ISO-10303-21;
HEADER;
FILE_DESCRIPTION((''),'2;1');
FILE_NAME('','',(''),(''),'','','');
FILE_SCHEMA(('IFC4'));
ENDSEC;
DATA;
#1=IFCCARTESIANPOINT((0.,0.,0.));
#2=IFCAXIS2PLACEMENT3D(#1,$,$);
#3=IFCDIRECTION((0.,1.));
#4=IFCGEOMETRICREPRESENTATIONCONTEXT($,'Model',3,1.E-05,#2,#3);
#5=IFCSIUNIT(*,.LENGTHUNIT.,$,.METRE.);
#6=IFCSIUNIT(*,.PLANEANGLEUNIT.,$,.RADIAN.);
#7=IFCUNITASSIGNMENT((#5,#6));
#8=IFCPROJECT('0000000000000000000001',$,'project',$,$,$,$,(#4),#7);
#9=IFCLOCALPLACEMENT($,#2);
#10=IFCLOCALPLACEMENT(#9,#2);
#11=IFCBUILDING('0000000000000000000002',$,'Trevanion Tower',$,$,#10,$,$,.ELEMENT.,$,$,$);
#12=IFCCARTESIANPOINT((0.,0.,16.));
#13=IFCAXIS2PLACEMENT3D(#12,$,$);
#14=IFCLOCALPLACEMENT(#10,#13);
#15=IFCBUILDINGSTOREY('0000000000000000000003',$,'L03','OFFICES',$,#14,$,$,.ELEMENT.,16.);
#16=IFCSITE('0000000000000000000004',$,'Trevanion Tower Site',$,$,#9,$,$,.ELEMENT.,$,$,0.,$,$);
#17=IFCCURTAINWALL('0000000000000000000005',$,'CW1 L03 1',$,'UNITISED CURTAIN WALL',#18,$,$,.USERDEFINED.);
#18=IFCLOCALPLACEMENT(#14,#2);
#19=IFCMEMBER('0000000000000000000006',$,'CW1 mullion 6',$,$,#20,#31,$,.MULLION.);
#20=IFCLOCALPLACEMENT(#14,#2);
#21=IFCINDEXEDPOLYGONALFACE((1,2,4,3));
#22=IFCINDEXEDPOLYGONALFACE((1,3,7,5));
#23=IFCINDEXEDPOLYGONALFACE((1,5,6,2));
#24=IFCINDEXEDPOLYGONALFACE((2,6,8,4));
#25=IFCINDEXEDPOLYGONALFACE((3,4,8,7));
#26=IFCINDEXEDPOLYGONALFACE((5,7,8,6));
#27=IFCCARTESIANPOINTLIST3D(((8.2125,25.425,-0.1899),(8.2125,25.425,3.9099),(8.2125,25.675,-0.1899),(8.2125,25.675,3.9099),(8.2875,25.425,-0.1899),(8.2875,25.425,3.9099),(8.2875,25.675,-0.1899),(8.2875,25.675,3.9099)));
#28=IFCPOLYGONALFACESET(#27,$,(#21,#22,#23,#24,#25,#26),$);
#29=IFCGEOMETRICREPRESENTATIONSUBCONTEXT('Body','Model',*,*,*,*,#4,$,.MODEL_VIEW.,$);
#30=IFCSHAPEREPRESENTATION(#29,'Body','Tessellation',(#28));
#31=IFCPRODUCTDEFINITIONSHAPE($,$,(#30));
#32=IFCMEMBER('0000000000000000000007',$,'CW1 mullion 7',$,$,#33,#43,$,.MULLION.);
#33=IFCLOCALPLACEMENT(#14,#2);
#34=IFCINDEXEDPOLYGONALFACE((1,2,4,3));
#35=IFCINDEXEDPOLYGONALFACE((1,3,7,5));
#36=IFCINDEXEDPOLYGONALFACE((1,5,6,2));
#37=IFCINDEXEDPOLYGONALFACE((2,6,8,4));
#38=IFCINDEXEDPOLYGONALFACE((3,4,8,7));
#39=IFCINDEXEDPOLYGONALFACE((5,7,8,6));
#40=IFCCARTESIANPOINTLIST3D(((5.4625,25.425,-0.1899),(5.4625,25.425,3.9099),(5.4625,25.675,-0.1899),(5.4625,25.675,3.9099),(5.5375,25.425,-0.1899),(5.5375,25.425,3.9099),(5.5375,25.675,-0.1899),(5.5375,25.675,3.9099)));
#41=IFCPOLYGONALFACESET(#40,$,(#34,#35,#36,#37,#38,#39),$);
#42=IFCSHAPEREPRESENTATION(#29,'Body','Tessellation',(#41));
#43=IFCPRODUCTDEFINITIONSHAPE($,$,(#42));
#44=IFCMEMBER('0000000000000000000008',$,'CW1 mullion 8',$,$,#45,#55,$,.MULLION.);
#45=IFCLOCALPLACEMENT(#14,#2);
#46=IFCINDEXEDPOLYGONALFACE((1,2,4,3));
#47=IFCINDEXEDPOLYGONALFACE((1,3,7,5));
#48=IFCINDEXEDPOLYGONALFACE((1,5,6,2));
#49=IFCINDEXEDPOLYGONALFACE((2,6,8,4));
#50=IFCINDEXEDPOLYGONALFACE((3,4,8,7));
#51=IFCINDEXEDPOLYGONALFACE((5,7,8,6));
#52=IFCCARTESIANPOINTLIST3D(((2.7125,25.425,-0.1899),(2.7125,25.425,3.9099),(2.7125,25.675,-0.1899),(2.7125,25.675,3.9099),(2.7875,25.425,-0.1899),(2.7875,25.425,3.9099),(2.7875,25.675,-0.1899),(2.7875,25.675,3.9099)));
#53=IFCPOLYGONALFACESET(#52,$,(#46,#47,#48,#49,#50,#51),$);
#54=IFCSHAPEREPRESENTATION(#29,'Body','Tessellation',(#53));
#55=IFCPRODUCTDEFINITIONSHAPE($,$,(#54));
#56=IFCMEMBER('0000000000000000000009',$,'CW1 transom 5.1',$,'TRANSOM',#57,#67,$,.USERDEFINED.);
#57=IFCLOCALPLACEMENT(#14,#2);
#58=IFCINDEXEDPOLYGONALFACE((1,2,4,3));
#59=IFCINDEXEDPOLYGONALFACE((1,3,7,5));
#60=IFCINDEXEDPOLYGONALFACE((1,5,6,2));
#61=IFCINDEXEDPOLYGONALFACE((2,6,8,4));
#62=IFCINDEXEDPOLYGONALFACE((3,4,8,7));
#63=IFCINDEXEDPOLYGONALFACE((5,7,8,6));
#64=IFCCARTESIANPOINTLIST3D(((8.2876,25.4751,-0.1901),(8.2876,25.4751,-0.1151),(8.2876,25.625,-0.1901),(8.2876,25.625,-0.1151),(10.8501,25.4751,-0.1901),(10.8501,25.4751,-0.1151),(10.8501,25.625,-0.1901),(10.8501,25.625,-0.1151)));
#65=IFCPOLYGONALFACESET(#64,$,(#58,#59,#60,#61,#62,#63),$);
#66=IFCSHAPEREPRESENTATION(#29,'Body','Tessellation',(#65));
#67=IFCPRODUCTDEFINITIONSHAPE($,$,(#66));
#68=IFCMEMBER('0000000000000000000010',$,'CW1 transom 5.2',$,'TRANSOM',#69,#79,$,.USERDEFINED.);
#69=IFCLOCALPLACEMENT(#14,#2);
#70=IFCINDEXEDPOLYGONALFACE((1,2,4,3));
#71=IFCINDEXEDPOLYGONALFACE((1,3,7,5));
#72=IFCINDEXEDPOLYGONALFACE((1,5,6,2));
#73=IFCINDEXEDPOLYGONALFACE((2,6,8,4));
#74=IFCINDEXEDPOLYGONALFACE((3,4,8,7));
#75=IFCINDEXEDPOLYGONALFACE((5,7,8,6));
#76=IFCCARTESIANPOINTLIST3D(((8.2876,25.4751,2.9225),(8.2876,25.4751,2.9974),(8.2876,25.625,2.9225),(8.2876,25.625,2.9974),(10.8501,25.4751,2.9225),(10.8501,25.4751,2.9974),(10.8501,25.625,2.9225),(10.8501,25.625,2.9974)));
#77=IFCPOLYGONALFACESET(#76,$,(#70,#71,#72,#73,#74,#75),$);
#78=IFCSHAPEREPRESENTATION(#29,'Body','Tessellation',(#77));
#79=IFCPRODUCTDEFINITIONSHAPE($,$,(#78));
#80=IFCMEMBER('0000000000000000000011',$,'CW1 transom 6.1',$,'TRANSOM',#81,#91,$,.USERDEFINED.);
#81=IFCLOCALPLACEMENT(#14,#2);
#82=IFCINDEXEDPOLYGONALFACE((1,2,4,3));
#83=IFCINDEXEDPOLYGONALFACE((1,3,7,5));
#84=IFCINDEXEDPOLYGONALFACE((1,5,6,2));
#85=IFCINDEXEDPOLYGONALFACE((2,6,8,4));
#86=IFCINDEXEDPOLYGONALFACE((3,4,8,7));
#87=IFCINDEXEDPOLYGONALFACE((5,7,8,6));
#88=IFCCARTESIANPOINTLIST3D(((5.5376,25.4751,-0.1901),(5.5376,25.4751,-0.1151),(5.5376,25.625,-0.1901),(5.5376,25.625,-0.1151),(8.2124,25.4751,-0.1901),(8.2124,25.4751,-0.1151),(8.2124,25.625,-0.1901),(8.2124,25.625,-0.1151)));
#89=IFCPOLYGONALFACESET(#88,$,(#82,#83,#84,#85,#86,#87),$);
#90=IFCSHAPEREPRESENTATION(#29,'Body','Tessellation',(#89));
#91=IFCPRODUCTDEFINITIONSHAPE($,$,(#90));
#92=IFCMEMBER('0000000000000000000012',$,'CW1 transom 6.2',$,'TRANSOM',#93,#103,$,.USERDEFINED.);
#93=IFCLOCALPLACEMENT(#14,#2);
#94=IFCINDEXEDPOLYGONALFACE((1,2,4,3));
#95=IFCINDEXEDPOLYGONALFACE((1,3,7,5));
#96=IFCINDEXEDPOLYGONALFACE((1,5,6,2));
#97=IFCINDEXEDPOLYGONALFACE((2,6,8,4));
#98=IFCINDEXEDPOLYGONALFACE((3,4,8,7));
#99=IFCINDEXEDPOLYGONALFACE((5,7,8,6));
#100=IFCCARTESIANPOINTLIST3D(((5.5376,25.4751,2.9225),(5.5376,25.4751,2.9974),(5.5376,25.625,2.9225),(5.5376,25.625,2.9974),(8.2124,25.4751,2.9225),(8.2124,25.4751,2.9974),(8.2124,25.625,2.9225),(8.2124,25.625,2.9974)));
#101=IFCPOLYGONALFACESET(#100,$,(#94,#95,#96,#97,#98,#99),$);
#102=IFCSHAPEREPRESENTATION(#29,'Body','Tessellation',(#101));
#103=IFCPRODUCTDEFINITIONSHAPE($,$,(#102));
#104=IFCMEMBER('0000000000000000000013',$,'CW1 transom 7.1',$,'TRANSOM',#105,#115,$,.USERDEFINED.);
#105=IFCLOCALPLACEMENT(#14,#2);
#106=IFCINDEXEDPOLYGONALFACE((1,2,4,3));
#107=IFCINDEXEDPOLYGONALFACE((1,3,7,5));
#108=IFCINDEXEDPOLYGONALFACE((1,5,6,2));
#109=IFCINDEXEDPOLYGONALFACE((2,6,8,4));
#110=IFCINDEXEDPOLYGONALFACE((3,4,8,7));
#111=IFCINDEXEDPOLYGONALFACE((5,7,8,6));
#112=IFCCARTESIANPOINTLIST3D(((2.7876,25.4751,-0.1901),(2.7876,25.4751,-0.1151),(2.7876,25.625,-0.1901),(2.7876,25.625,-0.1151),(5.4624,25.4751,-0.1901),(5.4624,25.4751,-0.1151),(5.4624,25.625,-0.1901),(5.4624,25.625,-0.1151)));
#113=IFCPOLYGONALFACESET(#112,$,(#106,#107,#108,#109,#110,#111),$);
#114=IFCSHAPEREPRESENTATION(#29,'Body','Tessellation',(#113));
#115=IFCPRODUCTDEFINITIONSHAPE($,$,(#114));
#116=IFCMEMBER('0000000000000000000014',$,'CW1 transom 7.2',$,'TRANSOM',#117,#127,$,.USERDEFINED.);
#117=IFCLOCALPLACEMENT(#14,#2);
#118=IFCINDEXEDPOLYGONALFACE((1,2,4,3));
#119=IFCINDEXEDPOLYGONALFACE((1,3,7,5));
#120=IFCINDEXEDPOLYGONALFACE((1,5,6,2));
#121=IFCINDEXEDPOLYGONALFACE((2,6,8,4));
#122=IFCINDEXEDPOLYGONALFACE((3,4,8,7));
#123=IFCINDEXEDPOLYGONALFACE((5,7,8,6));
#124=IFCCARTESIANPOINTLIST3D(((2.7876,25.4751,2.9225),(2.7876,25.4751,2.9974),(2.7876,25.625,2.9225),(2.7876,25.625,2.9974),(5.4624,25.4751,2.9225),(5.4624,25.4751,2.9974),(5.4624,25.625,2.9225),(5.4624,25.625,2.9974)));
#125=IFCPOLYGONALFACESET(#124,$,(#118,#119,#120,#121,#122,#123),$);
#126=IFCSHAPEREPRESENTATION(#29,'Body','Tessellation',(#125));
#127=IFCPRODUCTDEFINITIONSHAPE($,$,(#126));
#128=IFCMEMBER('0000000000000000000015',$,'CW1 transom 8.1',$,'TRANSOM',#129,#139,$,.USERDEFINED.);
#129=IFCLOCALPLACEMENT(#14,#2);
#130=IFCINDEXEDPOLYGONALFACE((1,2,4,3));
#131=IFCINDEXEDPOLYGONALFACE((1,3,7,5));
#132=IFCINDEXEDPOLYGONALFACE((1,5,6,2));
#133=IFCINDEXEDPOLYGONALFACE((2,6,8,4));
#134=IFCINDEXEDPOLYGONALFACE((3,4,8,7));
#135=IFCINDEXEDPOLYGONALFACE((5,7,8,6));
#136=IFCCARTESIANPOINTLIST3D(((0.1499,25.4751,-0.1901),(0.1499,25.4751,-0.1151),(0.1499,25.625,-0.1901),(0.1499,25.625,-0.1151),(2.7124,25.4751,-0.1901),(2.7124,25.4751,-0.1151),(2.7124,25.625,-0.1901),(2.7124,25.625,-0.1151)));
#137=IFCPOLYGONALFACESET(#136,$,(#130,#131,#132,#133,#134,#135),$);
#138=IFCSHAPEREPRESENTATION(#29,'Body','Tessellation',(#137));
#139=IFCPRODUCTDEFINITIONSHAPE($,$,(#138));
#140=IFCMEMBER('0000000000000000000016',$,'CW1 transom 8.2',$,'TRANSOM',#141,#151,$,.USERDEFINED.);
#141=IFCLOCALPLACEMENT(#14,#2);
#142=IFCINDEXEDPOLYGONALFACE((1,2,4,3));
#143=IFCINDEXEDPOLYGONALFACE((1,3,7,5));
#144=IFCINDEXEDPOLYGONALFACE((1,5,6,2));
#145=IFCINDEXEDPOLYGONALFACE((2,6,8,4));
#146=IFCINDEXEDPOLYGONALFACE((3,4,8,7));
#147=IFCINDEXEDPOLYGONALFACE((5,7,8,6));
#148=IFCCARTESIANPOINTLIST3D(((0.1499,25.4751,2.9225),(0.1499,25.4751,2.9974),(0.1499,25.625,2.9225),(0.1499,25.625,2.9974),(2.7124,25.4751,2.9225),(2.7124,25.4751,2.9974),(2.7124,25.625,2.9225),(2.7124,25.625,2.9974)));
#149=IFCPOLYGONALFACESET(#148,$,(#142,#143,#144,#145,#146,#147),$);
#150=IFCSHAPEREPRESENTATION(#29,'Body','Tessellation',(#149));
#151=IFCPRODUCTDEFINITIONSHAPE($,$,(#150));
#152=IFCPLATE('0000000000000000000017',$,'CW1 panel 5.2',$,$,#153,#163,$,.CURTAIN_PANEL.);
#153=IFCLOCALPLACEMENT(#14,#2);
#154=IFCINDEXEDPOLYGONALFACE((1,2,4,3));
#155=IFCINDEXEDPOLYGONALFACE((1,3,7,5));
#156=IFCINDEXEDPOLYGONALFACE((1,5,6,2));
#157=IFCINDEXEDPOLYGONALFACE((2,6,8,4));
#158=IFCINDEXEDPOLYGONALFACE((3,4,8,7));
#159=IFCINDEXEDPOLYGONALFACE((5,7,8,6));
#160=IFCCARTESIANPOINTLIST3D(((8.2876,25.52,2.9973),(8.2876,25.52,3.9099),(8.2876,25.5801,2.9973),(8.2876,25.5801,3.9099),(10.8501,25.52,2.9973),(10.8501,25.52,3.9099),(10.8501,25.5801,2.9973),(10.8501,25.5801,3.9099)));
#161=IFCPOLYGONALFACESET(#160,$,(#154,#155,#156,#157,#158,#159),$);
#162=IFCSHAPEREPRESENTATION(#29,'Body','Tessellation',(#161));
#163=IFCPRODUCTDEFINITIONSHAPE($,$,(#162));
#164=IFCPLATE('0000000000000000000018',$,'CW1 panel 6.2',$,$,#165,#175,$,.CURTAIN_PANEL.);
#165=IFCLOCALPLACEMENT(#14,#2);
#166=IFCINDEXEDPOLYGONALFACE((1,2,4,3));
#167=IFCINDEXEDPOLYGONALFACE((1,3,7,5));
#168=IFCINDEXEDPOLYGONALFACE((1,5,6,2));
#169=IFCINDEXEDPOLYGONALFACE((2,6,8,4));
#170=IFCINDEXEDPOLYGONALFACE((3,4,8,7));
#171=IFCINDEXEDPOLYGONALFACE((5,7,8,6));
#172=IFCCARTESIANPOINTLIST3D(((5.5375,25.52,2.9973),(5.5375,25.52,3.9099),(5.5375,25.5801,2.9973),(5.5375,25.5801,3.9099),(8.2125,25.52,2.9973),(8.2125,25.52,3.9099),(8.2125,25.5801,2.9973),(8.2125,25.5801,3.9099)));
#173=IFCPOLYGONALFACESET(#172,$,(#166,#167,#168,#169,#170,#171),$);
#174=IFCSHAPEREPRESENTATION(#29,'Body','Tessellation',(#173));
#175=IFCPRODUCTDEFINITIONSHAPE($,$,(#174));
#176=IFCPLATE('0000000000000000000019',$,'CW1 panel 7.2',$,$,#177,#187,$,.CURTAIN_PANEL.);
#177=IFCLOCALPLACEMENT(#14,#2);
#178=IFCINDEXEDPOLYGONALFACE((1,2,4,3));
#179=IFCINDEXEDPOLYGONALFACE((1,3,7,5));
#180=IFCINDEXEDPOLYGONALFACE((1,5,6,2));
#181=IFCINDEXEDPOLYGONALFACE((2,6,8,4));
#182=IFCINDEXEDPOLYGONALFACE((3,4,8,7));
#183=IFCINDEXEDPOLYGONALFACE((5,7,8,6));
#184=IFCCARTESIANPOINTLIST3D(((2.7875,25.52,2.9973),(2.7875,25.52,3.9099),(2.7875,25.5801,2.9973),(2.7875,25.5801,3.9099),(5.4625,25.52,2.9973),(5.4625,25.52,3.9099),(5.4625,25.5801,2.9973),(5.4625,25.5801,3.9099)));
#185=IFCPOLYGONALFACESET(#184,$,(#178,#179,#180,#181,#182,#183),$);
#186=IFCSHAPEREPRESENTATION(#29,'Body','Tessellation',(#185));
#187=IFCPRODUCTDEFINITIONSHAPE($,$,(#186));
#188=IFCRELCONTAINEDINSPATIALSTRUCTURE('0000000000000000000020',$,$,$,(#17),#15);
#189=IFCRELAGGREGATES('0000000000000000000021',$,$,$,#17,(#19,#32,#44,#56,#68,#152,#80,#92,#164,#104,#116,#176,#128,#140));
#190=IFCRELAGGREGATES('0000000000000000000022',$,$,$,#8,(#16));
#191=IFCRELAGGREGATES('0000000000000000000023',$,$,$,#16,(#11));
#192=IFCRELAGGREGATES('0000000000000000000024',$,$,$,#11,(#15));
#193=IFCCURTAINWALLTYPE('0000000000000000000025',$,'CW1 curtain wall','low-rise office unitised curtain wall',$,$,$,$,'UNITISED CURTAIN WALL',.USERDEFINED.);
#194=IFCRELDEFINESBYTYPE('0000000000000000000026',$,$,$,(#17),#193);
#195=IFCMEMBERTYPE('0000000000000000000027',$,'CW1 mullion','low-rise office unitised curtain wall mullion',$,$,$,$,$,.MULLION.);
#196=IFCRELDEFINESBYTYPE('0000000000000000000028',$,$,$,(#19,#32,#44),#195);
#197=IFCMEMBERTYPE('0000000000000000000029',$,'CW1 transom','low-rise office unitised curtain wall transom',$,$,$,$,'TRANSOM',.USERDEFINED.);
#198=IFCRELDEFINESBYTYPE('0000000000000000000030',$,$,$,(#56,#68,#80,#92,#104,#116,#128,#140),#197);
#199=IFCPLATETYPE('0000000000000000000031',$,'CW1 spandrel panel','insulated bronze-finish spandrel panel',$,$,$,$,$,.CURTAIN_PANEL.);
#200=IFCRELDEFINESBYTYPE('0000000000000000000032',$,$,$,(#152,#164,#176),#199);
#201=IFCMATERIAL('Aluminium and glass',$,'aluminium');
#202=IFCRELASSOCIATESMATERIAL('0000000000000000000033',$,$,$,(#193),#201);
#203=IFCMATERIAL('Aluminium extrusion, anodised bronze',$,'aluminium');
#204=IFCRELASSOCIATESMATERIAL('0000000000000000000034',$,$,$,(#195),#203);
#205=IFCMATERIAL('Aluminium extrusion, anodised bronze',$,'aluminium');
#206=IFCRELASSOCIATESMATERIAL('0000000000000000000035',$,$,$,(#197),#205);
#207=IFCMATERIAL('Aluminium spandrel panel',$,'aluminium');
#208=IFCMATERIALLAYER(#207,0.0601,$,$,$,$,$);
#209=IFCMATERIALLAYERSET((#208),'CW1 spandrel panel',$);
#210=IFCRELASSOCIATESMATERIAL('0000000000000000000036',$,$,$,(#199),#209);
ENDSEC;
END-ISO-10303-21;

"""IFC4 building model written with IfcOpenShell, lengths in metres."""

from ifc_helpers import new_model, si_unit, direction, frame, origin, origin_2d, place, context, subcontext, project, spatial, rectangle, extrude, material, layer, layer_set, material_profile, profile_set, type_object, element, aggregate, save


model = new_model("IFC4")

# Units and contexts
model_context = context("Model", 3, precision=1e-05, world=origin(), true_north=direction((0.0, 1.0)))
body_context = subcontext(model_context, "Body", "Model", "MODEL_VIEW")
ifc_project = project(units=[si_unit("LENGTHUNIT", "METRE"), si_unit("PLANEANGLEUNIT", "RADIAN")], contexts=[model_context])

# Site, building, storey
site_placement = place(None, origin())
site = spatial("IfcSite", under=ifc_project, at=site_placement, Name="Trevanion Tower Site", CompositionType="ELEMENT", RefElevation=0.0)
building_placement = place(site_placement, origin())
building = spatial("IfcBuilding", under=site, at=building_placement, Name="Trevanion Tower", CompositionType="ELEMENT")
storey_placement = place(building_placement, frame((0.0, 0.0, 16.0)))
storey = spatial("IfcBuildingStorey", under=building, at=storey_placement, Name="L03", Description="OFFICES", CompositionType="ELEMENT", Elevation=16.0)

# Curtain wall, members, plates
ifc_material_1 = material(Name="Aluminium and glass", Category="aluminium")
curtain_wall_type = type_object("IfcCurtainWallType", Name="CW1 curtain wall", Description="low-rise office unitised curtain wall", ElementType="UNITISED CURTAIN WALL", PredefinedType="USERDEFINED", material=ifc_material_1)
curtain_wall_placement = place(storey_placement, origin())
curtain_wall = element("IfcCurtainWall", 1, at=curtain_wall_placement, inside=storey, type_object=curtain_wall_type, Name="CW1 L03 1", ObjectType="UNITISED CURTAIN WALL", PredefinedType="USERDEFINED")
ifc_material_2 = material(Name="Aluminium extrusion, anodised bronze", Category="aluminium")
ifc_material_profile_1 = material_profile(ifc_material_2, rectangle(XDim=0.075, YDim=0.25, at=origin_2d()), Name="CW1 mullion")
ifc_profile_set_1 = profile_set([ifc_material_profile_1], Name="Aluminium extrusion, anodised bronze")
member_type_1 = type_object("IfcMemberType", Name="CW1 mullion", Description="low-rise office unitised curtain wall mullion", PredefinedType="MULLION", material=ifc_profile_set_1)
member_1_placement = place(storey_placement, frame((8.25, 25.55, -0.1899), z_axis=(0.0, 0.0, 1.0), x_axis=(-1.0, 0.0, 0.0)))
member_1 = element("IfcMember", 2, at=member_1_placement, type_object=member_type_1, Name="CW1 mullion 6", PredefinedType="MULLION", context=body_context, shape_type="SweptSolid", body=[
    extrude(rectangle(XDim=0.075, YDim=0.25, at=origin_2d()), origin(), (0.0, 0.0, 1.0), 4.0999),
])
member_2_placement = place(storey_placement, frame((5.5, 25.55, -0.1899), z_axis=(0.0, 0.0, 1.0), x_axis=(-1.0, 0.0, 0.0)))
member_2 = element("IfcMember", 3, at=member_2_placement, type_object=member_type_1, Name="CW1 mullion 7", PredefinedType="MULLION", context=body_context, shape_type="SweptSolid", body=[
    extrude(rectangle(XDim=0.075, YDim=0.25, at=origin_2d()), origin(), (0.0, 0.0, 1.0), 4.0999),
])
member_3_placement = place(storey_placement, frame((2.75, 25.55, -0.1899), z_axis=(0.0, 0.0, 1.0), x_axis=(-1.0, 0.0, 0.0)))
member_3 = element("IfcMember", 4, at=member_3_placement, type_object=member_type_1, Name="CW1 mullion 8", PredefinedType="MULLION", context=body_context, shape_type="SweptSolid", body=[
    extrude(rectangle(XDim=0.075, YDim=0.25, at=origin_2d()), origin(), (0.0, 0.0, 1.0), 4.0999),
])
ifc_material_3 = material(Name="Aluminium extrusion, anodised bronze", Category="aluminium")
ifc_material_profile_2 = material_profile(ifc_material_3, rectangle(XDim=0.1499, YDim=0.075, at=origin_2d()), Name="CW1 transom")
ifc_profile_set_2 = profile_set([ifc_material_profile_2], Name="Aluminium extrusion, anodised bronze")
member_type_2 = type_object("IfcMemberType", Name="CW1 transom", Description="low-rise office unitised curtain wall transom", ElementType="TRANSOM", PredefinedType="USERDEFINED", material=ifc_profile_set_2)
member_4_placement = place(storey_placement, frame((10.8501, 25.55, -0.1526), z_axis=(-1.0, 0.0, 0.0), x_axis=(0.0, -1.0, 0.0)))
member_4 = element("IfcMember", 5, at=member_4_placement, type_object=member_type_2, Name="CW1 transom 5.1", ObjectType="TRANSOM", PredefinedType="USERDEFINED", context=body_context, shape_type="SweptSolid", body=[
    extrude(rectangle(XDim=0.1499, YDim=0.075, at=origin_2d()), origin(), (0.0, 0.0, 1.0), 2.5625),
])
member_5_placement = place(storey_placement, frame((10.8501, 25.55, 2.96), z_axis=(-1.0, 0.0, 0.0), x_axis=(0.0, -1.0, 0.0)))
member_5 = element("IfcMember", 6, at=member_5_placement, type_object=member_type_2, Name="CW1 transom 5.2", ObjectType="TRANSOM", PredefinedType="USERDEFINED", context=body_context, shape_type="SweptSolid", body=[
    extrude(rectangle(XDim=0.1499, YDim=0.075, at=origin_2d()), origin(), (0.0, 0.0, 1.0), 2.5625),
])
member_6_placement = place(storey_placement, frame((8.2124, 25.55, -0.1526), z_axis=(-1.0, 0.0, 0.0), x_axis=(0.0, -1.0, 0.0)))
member_6 = element("IfcMember", 7, at=member_6_placement, type_object=member_type_2, Name="CW1 transom 6.1", ObjectType="TRANSOM", PredefinedType="USERDEFINED", context=body_context, shape_type="SweptSolid", body=[
    extrude(rectangle(XDim=0.1499, YDim=0.075, at=origin_2d()), origin(), (0.0, 0.0, 1.0), 2.6748),
])
member_7_placement = place(storey_placement, frame((8.2124, 25.55, 2.96), z_axis=(-1.0, 0.0, 0.0), x_axis=(0.0, -1.0, 0.0)))
member_7 = element("IfcMember", 8, at=member_7_placement, type_object=member_type_2, Name="CW1 transom 6.2", ObjectType="TRANSOM", PredefinedType="USERDEFINED", context=body_context, shape_type="SweptSolid", body=[
    extrude(rectangle(XDim=0.1499, YDim=0.075, at=origin_2d()), origin(), (0.0, 0.0, 1.0), 2.6748),
])
member_8_placement = place(storey_placement, frame((5.4624, 25.55, -0.1526), z_axis=(-1.0, 0.0, 0.0), x_axis=(0.0, -1.0, 0.0)))
member_8 = element("IfcMember", 9, at=member_8_placement, type_object=member_type_2, Name="CW1 transom 7.1", ObjectType="TRANSOM", PredefinedType="USERDEFINED", context=body_context, shape_type="SweptSolid", body=[
    extrude(rectangle(XDim=0.1499, YDim=0.075, at=origin_2d()), origin(), (0.0, 0.0, 1.0), 2.6748),
])
member_9_placement = place(storey_placement, frame((5.4624, 25.55, 2.96), z_axis=(-1.0, 0.0, 0.0), x_axis=(0.0, -1.0, 0.0)))
member_9 = element("IfcMember", 10, at=member_9_placement, type_object=member_type_2, Name="CW1 transom 7.2", ObjectType="TRANSOM", PredefinedType="USERDEFINED", context=body_context, shape_type="SweptSolid", body=[
    extrude(rectangle(XDim=0.1499, YDim=0.075, at=origin_2d()), origin(), (0.0, 0.0, 1.0), 2.6748),
])
member_10_placement = place(storey_placement, frame((2.7124, 25.55, -0.1526), z_axis=(-1.0, 0.0, 0.0), x_axis=(0.0, -1.0, 0.0)))
member_10 = element("IfcMember", 11, at=member_10_placement, type_object=member_type_2, Name="CW1 transom 8.1", ObjectType="TRANSOM", PredefinedType="USERDEFINED", context=body_context, shape_type="SweptSolid", body=[
    extrude(rectangle(XDim=0.1499, YDim=0.075, at=origin_2d()), origin(), (0.0, 0.0, 1.0), 2.5625),
])
member_11_placement = place(storey_placement, frame((2.7124, 25.55, 2.96), z_axis=(-1.0, 0.0, 0.0), x_axis=(0.0, -1.0, 0.0)))
member_11 = element("IfcMember", 12, at=member_11_placement, type_object=member_type_2, Name="CW1 transom 8.2", ObjectType="TRANSOM", PredefinedType="USERDEFINED", context=body_context, shape_type="SweptSolid", body=[
    extrude(rectangle(XDim=0.1499, YDim=0.075, at=origin_2d()), origin(), (0.0, 0.0, 1.0), 2.5625),
])
ifc_material_4 = material(Name="Aluminium spandrel panel", Category="aluminium")
ifc_layer_1 = layer(ifc_material_4, 0.0601)
ifc_layer_set_1 = layer_set([ifc_layer_1], Name="CW1 spandrel panel")
plate_type_1 = type_object("IfcPlateType", Name="CW1 spandrel panel", Description="insulated bronze-finish spandrel panel", PredefinedType="CURTAIN_PANEL", material=ifc_layer_set_1)
plate_1_placement = place(storey_placement, frame((9.5688, 25.55, 2.9973), z_axis=(0.0, 0.0, 1.0), x_axis=(-1.0, 0.0, 0.0)))
plate_1 = element("IfcPlate", 13, at=plate_1_placement, type_object=plate_type_1, Name="CW1 panel 5.2", PredefinedType="CURTAIN_PANEL", context=body_context, shape_type="SweptSolid", body=[
    extrude(rectangle(XDim=2.5625, YDim=0.0601, at=origin_2d()), origin(), (0.0, 0.0, 1.0), 0.9126),
])
plate_2_placement = place(storey_placement, frame((6.875, 25.55, 2.9973), z_axis=(0.0, 0.0, 1.0), x_axis=(-1.0, 0.0, 0.0)))
plate_2 = element("IfcPlate", 14, at=plate_2_placement, type_object=plate_type_1, Name="CW1 panel 6.2", PredefinedType="CURTAIN_PANEL", context=body_context, shape_type="SweptSolid", body=[
    extrude(rectangle(XDim=2.675, YDim=0.0601, at=origin_2d()), origin(), (0.0, 0.0, 1.0), 0.9126),
])
plate_3_placement = place(storey_placement, frame((4.125, 25.55, 2.9973), z_axis=(0.0, 0.0, 1.0), x_axis=(-1.0, 0.0, 0.0)))
plate_3 = element("IfcPlate", 15, at=plate_3_placement, type_object=plate_type_1, Name="CW1 panel 7.2", PredefinedType="CURTAIN_PANEL", context=body_context, shape_type="SweptSolid", body=[
    extrude(rectangle(XDim=2.675, YDim=0.0601, at=origin_2d()), origin(), (0.0, 0.0, 1.0), 0.9126),
])
aggregate(curtain_wall, [member_1, member_2, member_3, member_4, member_5, plate_1, member_6, member_7, plate_2, member_8, member_9, plate_3, member_10, member_11])

save(model, "model.ifc")
